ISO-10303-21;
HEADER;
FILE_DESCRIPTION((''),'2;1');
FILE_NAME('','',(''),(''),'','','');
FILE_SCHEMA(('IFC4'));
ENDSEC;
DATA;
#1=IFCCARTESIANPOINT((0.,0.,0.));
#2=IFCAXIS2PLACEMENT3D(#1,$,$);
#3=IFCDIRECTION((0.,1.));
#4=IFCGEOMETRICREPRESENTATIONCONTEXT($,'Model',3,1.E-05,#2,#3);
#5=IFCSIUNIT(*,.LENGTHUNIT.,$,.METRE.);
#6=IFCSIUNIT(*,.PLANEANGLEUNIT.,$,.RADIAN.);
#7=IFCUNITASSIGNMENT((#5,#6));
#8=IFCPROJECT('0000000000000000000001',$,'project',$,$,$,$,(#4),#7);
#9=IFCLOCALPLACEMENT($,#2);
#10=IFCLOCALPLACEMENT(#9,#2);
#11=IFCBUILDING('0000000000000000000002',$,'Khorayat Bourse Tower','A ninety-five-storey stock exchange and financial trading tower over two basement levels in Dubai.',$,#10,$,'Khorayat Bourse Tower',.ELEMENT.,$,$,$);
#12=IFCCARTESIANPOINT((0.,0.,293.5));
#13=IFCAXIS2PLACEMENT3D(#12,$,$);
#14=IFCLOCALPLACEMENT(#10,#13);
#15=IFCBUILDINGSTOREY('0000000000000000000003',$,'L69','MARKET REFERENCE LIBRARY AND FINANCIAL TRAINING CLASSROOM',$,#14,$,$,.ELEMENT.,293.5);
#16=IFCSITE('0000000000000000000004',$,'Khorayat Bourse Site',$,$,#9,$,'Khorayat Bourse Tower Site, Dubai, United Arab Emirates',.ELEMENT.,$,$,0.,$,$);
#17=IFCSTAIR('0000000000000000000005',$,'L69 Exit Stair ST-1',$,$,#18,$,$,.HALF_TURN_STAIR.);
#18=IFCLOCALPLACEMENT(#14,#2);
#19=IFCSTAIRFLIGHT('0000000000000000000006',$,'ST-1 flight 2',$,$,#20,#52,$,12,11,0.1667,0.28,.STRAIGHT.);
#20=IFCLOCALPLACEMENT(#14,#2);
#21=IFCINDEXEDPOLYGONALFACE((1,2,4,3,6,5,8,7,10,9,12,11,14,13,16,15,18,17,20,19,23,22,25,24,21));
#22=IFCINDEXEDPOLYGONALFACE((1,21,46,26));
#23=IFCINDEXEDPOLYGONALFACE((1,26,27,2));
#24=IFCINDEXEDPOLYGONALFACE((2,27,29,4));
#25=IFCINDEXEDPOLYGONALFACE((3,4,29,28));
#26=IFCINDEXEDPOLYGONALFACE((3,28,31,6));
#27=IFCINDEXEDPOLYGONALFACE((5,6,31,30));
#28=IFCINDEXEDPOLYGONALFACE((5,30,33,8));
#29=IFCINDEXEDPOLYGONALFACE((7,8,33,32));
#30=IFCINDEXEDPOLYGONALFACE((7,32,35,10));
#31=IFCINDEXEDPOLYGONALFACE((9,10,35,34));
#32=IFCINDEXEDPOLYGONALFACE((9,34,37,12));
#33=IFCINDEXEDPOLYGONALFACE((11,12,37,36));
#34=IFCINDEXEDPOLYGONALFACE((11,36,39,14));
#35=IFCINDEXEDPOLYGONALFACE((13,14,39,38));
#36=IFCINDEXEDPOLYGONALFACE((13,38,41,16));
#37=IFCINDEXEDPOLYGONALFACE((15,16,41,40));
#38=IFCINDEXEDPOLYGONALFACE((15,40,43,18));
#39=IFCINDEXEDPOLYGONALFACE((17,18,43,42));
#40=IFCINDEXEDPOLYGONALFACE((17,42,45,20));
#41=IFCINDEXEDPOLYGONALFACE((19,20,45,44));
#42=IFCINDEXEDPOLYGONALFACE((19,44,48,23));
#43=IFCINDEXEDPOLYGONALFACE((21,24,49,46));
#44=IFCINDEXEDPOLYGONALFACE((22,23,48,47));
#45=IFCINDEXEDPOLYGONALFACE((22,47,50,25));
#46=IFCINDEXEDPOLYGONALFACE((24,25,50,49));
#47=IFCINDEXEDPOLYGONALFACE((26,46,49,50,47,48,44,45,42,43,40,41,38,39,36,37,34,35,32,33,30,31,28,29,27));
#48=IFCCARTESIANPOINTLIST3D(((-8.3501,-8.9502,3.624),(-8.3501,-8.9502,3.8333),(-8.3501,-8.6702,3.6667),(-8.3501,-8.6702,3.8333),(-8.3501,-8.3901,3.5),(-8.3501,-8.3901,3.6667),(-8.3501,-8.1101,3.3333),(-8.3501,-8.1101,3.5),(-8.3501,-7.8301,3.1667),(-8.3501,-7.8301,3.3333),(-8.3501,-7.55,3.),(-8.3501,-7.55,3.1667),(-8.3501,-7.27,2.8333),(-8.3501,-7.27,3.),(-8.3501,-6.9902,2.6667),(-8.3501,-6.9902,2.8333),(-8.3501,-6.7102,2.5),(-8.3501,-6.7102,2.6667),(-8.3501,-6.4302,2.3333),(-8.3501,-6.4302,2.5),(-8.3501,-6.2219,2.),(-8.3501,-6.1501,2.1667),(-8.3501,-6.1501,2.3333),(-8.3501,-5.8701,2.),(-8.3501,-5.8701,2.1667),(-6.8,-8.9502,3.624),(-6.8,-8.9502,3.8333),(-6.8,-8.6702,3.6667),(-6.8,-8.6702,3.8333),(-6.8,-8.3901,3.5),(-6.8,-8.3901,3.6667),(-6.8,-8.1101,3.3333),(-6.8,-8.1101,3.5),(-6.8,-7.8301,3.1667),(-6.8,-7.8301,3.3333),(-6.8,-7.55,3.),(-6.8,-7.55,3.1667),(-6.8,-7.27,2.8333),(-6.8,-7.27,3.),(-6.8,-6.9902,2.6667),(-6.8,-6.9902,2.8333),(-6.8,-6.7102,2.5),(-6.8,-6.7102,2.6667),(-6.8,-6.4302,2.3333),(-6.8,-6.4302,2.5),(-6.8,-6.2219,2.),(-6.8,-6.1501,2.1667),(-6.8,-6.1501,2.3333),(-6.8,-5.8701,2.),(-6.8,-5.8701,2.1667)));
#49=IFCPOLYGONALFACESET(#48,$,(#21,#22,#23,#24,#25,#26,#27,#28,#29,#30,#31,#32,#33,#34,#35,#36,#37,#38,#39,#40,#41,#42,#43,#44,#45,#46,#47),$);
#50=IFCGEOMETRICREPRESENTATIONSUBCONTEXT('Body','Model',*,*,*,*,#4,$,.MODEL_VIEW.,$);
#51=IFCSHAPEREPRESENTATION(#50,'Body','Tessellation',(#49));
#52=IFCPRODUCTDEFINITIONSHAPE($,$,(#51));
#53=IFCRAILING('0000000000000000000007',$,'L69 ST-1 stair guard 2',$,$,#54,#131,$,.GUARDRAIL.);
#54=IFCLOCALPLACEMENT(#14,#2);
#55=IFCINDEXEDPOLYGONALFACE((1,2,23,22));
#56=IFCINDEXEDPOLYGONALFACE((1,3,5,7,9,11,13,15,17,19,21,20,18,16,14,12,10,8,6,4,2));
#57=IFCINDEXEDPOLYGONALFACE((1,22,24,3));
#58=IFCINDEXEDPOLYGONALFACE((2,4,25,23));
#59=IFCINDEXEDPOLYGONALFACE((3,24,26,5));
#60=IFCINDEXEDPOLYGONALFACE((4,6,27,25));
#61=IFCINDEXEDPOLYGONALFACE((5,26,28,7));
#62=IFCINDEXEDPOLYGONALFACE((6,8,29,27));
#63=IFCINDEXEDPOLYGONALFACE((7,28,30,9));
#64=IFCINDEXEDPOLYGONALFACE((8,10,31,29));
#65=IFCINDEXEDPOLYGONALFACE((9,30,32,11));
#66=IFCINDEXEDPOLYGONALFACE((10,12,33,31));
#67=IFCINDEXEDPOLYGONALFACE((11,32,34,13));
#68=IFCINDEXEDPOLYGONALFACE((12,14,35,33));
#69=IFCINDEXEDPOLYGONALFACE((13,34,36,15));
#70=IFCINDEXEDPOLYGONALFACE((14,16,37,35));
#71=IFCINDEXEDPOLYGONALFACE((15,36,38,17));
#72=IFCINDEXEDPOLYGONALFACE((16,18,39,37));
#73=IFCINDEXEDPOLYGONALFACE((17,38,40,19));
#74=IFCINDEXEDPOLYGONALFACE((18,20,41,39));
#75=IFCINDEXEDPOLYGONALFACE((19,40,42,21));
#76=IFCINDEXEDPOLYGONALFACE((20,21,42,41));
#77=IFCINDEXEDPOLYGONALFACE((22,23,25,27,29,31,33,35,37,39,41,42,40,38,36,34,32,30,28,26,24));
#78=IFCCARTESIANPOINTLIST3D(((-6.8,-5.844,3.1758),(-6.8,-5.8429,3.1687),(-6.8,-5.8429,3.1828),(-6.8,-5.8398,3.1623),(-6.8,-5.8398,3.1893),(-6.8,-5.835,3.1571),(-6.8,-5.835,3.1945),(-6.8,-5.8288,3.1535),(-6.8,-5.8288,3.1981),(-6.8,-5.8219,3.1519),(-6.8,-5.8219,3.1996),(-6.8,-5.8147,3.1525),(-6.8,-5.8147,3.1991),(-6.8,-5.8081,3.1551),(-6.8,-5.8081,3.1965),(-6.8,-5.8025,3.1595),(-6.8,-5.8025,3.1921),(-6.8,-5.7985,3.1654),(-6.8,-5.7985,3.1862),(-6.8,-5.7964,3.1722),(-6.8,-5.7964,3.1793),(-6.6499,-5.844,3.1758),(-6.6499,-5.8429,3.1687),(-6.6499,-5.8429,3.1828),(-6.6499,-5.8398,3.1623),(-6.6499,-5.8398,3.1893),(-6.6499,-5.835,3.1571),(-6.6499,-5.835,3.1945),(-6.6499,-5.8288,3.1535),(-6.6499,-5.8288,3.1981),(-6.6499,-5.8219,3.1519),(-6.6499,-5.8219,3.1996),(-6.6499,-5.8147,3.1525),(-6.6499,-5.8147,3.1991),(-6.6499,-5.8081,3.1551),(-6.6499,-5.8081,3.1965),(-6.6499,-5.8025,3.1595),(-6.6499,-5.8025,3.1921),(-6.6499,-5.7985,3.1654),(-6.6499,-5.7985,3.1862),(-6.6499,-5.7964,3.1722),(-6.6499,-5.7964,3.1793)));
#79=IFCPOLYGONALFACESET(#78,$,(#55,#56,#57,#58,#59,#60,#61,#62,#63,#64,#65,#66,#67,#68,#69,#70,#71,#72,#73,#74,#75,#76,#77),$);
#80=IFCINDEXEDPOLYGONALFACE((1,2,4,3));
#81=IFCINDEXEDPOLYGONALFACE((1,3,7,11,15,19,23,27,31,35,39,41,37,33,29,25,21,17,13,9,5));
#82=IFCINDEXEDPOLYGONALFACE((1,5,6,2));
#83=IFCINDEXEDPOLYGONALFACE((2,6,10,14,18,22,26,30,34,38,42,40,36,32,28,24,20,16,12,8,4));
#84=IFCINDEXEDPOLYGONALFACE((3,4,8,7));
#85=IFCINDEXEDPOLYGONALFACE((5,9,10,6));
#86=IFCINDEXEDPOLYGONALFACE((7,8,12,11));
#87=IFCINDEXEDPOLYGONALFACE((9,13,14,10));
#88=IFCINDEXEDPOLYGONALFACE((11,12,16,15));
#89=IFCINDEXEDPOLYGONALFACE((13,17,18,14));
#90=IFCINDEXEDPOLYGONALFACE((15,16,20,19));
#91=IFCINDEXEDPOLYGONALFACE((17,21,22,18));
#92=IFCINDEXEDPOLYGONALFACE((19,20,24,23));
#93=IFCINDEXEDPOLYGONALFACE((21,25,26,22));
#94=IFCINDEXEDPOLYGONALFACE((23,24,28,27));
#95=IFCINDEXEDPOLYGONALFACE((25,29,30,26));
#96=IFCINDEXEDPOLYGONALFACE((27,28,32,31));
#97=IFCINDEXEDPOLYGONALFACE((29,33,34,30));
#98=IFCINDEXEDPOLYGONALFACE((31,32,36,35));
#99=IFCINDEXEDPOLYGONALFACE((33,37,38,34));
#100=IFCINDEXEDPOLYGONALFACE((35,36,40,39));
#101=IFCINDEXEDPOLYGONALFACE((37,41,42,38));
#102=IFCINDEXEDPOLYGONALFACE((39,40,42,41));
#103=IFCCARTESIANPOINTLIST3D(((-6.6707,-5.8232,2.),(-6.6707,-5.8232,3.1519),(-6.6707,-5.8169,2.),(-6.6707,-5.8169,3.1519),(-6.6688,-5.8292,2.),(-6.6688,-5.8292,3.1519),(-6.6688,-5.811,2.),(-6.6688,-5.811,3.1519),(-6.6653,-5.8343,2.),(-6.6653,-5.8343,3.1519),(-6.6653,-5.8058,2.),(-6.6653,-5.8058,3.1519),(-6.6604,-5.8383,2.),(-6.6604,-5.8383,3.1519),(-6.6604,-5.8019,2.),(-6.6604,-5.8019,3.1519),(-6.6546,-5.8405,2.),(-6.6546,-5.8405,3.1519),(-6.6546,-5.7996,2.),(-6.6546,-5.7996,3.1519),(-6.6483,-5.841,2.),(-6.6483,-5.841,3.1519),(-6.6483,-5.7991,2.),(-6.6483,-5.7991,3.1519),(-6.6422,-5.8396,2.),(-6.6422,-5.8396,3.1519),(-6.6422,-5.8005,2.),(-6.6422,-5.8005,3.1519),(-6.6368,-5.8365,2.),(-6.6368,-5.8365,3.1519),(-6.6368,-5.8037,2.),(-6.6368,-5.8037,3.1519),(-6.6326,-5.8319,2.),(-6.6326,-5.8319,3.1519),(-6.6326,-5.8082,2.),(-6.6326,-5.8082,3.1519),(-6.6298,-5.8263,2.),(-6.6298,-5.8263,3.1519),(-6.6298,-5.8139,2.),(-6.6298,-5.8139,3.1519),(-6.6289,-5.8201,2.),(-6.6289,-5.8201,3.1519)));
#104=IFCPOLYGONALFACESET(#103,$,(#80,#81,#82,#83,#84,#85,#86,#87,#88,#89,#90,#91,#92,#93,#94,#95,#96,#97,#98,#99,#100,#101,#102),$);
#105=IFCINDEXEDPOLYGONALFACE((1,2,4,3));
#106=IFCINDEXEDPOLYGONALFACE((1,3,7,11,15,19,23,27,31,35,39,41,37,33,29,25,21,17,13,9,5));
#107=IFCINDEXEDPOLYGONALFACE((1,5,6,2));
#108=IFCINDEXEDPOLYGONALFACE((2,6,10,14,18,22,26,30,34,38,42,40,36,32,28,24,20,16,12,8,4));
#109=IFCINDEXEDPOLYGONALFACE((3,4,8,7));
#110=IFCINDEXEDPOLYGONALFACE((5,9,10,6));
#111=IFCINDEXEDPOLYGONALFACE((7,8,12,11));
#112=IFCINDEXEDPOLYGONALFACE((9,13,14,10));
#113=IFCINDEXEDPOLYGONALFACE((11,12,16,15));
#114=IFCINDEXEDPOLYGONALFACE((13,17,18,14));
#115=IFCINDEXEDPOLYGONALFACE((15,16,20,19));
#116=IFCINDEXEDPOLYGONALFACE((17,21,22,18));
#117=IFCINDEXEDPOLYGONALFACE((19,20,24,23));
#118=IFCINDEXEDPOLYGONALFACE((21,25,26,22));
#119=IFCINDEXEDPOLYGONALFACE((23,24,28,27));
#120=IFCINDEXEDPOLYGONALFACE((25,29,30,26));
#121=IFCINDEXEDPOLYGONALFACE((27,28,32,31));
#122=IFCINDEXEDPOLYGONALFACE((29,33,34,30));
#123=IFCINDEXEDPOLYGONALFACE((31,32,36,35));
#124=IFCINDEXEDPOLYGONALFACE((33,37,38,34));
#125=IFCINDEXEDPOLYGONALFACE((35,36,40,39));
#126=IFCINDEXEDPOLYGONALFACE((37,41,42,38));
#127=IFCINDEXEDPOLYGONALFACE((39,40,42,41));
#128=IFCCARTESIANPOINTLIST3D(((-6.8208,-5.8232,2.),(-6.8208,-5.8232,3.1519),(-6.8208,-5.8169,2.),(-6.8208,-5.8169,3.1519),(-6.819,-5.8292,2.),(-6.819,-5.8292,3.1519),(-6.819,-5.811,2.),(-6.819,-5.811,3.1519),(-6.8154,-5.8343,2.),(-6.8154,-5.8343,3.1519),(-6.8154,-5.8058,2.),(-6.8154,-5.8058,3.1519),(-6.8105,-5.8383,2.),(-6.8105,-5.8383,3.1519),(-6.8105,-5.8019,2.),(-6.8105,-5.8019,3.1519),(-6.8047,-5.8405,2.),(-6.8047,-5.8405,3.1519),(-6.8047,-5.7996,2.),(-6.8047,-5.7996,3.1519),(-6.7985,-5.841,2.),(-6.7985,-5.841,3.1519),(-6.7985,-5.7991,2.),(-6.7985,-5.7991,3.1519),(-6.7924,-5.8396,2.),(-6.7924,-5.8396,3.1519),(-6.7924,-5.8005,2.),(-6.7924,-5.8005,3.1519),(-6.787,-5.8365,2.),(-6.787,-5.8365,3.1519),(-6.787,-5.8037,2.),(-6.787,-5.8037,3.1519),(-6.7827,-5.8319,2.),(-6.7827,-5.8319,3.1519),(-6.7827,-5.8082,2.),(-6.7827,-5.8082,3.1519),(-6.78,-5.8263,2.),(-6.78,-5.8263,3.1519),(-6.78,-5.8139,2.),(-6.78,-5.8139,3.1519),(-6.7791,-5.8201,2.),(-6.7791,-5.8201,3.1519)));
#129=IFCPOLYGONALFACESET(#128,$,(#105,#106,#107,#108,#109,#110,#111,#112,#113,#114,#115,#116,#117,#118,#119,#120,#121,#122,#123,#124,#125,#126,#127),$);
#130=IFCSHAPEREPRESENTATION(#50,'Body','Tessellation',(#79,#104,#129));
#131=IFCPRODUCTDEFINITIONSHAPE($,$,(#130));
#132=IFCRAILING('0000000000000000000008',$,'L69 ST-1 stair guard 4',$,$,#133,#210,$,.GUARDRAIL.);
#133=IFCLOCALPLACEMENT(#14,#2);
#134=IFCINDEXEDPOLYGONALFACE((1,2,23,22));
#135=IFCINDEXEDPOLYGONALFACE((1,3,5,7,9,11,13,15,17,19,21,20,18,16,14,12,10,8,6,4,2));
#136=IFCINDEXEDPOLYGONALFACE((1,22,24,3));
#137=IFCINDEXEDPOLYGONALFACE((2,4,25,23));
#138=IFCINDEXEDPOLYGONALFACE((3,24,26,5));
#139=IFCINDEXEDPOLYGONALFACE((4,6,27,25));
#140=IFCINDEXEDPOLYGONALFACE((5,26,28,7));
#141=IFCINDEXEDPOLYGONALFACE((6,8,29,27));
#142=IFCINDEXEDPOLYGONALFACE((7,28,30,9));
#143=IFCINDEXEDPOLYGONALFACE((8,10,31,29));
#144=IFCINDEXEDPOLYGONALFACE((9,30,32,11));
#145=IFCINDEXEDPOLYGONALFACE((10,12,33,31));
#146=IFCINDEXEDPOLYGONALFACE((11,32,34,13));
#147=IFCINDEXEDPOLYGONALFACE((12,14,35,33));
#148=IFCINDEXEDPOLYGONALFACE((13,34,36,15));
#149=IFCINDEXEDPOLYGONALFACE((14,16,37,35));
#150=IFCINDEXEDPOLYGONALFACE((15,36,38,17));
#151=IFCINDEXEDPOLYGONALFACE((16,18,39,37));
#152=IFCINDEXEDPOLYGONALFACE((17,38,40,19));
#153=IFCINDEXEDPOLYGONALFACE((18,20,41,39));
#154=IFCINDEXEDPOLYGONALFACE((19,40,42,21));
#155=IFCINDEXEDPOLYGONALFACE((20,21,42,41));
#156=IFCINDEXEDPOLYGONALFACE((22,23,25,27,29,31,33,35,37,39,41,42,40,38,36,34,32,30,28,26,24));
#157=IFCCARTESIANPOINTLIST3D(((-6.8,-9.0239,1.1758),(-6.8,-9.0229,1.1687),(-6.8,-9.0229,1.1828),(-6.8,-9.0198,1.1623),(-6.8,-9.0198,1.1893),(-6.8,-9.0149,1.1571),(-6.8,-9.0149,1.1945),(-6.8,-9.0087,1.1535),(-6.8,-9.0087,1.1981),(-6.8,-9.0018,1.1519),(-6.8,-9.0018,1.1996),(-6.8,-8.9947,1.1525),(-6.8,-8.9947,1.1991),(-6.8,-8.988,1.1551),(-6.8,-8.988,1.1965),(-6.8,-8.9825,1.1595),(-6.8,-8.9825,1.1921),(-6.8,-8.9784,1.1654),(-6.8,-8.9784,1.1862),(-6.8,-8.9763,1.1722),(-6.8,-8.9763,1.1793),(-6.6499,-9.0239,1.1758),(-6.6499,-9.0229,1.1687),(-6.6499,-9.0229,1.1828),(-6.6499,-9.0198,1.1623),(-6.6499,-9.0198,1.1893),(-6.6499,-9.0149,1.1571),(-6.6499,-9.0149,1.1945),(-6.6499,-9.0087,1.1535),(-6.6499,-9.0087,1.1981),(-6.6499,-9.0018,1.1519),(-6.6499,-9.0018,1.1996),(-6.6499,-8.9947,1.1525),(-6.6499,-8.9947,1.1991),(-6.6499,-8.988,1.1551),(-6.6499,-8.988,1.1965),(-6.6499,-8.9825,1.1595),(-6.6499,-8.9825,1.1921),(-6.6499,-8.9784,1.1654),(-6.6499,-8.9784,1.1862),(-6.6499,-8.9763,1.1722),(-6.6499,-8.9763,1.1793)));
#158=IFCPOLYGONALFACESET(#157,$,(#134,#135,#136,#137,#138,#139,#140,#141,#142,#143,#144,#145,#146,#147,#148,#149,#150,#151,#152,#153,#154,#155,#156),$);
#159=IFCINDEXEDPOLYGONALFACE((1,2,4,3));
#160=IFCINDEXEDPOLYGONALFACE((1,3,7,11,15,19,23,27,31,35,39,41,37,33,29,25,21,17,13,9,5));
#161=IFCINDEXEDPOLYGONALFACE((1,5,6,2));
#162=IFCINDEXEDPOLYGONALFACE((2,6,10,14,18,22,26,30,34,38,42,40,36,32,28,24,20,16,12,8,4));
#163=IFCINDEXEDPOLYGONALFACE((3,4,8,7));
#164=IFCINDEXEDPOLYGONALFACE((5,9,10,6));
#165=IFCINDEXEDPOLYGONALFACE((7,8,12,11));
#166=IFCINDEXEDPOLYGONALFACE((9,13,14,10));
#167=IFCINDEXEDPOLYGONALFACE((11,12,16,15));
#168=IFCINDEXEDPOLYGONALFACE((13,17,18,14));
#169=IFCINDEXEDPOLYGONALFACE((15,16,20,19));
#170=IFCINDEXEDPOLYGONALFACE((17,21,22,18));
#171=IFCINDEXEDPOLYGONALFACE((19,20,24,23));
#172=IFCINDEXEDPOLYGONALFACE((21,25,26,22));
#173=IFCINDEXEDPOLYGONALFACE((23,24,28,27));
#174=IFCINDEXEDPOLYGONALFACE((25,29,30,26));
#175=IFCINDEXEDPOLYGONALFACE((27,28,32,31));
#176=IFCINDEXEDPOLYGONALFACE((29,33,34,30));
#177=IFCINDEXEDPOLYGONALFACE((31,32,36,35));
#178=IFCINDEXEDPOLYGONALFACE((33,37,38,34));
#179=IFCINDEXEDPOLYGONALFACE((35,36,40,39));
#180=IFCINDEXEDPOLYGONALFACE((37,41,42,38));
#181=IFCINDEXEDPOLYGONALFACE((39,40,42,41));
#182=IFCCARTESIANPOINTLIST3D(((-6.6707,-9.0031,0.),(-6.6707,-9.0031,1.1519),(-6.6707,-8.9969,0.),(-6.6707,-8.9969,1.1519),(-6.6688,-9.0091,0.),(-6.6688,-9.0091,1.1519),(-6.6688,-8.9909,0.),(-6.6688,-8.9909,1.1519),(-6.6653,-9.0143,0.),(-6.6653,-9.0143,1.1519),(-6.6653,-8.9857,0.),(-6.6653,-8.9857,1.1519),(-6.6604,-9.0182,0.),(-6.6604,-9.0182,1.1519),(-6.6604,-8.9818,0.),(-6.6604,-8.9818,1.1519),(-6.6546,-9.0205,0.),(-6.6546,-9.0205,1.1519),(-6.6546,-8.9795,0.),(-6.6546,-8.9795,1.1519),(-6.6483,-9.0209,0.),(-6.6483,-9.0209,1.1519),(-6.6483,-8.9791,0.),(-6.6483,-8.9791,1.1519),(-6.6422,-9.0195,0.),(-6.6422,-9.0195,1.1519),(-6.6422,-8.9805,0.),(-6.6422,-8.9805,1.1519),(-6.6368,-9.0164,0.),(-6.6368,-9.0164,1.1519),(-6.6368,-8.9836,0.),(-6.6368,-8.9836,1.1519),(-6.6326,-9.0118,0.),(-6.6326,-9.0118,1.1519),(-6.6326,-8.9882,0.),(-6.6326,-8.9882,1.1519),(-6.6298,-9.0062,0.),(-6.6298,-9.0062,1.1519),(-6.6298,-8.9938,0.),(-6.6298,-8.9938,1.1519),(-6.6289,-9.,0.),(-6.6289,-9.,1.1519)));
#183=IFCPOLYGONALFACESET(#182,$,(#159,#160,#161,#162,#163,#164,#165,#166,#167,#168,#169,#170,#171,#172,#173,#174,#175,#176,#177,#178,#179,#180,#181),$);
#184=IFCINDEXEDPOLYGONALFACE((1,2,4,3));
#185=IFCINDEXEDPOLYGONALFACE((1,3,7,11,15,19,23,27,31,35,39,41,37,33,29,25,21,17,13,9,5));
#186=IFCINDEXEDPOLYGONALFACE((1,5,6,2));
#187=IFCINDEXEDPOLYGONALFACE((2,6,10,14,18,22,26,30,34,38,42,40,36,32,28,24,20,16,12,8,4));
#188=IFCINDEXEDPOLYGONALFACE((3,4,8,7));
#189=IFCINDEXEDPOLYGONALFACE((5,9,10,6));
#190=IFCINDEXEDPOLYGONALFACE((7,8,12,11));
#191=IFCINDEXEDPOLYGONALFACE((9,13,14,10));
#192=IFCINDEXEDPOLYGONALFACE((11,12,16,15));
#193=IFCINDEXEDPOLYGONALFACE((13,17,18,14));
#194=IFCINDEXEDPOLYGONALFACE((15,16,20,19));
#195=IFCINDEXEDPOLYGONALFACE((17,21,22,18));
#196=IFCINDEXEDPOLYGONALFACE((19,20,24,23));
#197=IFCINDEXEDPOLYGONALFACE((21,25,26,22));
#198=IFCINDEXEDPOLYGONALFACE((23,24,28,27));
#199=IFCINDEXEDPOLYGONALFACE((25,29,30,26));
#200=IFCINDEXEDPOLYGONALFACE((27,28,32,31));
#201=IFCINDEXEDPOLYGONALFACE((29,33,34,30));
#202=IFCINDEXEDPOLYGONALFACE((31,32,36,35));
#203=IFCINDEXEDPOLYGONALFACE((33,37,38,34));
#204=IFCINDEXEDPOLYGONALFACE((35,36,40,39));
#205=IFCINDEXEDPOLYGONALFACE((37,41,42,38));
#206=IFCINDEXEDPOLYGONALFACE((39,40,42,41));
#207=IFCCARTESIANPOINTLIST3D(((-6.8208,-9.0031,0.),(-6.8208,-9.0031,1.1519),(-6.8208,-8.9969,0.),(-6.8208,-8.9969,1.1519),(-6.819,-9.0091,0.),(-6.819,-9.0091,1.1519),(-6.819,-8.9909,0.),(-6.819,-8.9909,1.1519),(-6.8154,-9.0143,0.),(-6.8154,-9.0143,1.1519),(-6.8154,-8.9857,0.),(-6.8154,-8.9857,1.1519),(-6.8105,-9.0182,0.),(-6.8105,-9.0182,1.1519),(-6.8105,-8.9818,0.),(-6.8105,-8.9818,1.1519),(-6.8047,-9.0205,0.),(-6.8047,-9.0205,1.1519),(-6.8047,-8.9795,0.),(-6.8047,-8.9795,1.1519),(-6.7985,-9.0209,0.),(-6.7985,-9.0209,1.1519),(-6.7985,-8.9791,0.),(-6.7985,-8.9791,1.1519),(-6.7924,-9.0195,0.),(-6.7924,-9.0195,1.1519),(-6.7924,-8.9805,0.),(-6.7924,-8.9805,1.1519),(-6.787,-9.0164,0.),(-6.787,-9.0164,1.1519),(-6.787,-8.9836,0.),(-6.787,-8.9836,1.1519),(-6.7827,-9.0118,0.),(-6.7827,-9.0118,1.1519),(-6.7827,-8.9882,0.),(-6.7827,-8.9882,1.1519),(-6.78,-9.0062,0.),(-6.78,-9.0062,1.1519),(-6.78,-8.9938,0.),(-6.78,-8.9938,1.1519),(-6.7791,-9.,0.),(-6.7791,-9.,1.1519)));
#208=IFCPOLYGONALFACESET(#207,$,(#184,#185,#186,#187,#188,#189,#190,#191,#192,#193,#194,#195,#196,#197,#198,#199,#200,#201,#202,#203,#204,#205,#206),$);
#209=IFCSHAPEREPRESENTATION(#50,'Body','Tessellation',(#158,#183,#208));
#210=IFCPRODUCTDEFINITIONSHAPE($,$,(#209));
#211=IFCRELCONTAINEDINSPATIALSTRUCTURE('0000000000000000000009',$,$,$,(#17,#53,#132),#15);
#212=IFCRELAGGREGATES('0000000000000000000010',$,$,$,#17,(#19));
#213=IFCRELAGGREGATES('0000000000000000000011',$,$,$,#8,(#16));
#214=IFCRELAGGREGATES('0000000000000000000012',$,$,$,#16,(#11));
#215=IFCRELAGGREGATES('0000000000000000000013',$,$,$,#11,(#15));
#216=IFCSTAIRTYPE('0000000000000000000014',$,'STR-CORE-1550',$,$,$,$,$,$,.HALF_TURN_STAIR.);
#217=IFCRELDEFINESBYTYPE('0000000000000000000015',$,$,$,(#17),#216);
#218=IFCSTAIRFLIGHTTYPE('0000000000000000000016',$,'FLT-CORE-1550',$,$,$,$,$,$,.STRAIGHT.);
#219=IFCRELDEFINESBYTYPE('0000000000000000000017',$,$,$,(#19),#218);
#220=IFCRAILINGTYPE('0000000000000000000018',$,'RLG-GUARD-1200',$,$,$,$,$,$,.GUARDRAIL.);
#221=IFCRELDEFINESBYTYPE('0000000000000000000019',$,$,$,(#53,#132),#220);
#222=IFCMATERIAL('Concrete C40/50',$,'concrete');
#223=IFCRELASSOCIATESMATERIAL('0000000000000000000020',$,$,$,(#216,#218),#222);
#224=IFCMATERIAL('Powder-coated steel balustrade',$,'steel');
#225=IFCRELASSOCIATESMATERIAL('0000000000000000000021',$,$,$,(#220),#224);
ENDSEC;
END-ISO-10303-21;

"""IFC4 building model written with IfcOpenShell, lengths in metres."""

from ifc_helpers import new_model, si_unit, direction, frame, origin, origin_2d, place, context, subcontext, project, spatial, polyline, circle, outline, extrude, source, transform, mapped, material, type_object, element, aggregate, save


model = new_model("IFC4")

# Units and contexts
model_context = context("Model", 3, precision=1e-05, world=origin(), true_north=direction((0.0, 1.0)))
body_context = subcontext(model_context, "Body", "Model", "MODEL_VIEW")
ifc_project = project(units=[si_unit("LENGTHUNIT", "METRE"), si_unit("PLANEANGLEUNIT", "RADIAN")], contexts=[model_context])

# Site, building, storey
site_placement = place(None, origin())
site = spatial("IfcSite", under=ifc_project, at=site_placement, Name="Khorayat Bourse Site", LongName="Khorayat Bourse Tower Site, Dubai, United Arab Emirates", CompositionType="ELEMENT", RefElevation=0.0)
building_placement = place(site_placement, origin())
building = spatial("IfcBuilding", under=site, at=building_placement, Name="Khorayat Bourse Tower", Description="A ninety-five-storey stock exchange and financial trading tower over two basement levels in Dubai.", LongName="Khorayat Bourse Tower", CompositionType="ELEMENT")
storey_placement = place(building_placement, frame((0.0, 0.0, 293.5)))
storey = spatial("IfcBuildingStorey", under=building, at=storey_placement, Name="L69", Description="MARKET REFERENCE LIBRARY AND FINANCIAL TRAINING CLASSROOM", CompositionType="ELEMENT", Elevation=293.5)

# Stair, stair flight
ifc_material_1 = material(Name="Concrete C40/50", Category="concrete")
stair_type = type_object("IfcStairType", Name="STR-CORE-1550", PredefinedType="HALF_TURN_STAIR", material=ifc_material_1)
stair_placement = place(storey_placement, origin())
stair = element("IfcStair", 1, at=stair_placement, inside=storey, type_object=stair_type, Name="L69 Exit Stair ST-1", PredefinedType="HALF_TURN_STAIR")
stair_flight_type = type_object("IfcStairFlightType", Name="FLT-CORE-1550", PredefinedType="STRAIGHT", material=ifc_material_1)
shared_shape_1 = source(origin(), body_context, "Body", "SweptSolid", [
    extrude(outline(polyline([(0.0, 0.0), (0.0, 0.1667), (0.28, 0.1667), (0.28, 0.3333), (0.5601, 0.3333), (0.5601, 0.5), (0.8401, 0.5), (0.8401, 0.6667), (1.1201, 0.6667), (1.1201, 0.8333), (1.3999, 0.8333), (1.3999, 1.0), (1.6799, 1.0), (1.6799, 1.1667), (1.96, 1.1667), (1.96, 1.3333), (2.24, 1.3333), (2.24, 1.5), (2.52, 1.5), (2.52, 1.6667), (2.8, 1.6667), (2.8, 1.8333), (3.0801, 1.8333), (3.0801, 2.0), (3.0801, 1.624), (0.3518, 0.0), (0.0, 0.0)])), frame((0.0, 0.7749, 0.0), z_axis=(0.0, -1.0, 0.0), x_axis=(1.0, 0.0, 0.0)), (0.0, 0.0, 1.0), 1.55),
])
stair_flight_1_placement = place(storey_placement, frame((-7.575, -5.8701, 2.0), z_axis=(0.0, 0.0, 1.0), x_axis=(0.0, -1.0, 0.0)))
stair_flight_1 = element("IfcStairFlight", 2, at=stair_flight_1_placement, type_object=stair_flight_type, Name="ST-1 flight 2", NumberOfRisers=12, NumberOfTreads=11, PredefinedType="STRAIGHT", RiserHeight=0.1667, TreadLength=0.28, context=body_context, shape_type="MappedRepresentation", body=[
    mapped(shared_shape_1, transform((0.0, 0.0, 0.0), scale=1.0)),
])
aggregate(stair, [stair_flight_1])

# Railings
ifc_material_2 = material(Name="Powder-coated steel balustrade", Category="steel")
railing_type_1 = type_object("IfcRailingType", Name="RLG-GUARD-1200", PredefinedType="GUARDRAIL", material=ifc_material_2)
shared_shape_2 = source(origin(), body_context, "Body", "SweptSolid", [
    extrude(circle(Radius=0.0239, at=origin_2d()), frame((0.0, 0.0, 1.1758), z_axis=(-1.0, 0.0, 0.0), x_axis=(0.0, -1.0, 0.0)), (0.0, 0.0, 1.0), 0.1501),
    extrude(circle(Radius=0.021, at=origin_2d()), origin(), (0.0, 0.0, 1.0), 1.1519),
    extrude(circle(Radius=0.021, at=origin_2d()), frame((-0.1501, 0.0, 0.0)), (0.0, 0.0, 1.0), 1.1519),
])
for number, where, name in (
    (3, (-6.6499, -5.8201, 2.0), "L69 ST-1 stair guard 2"),
    (4, (-6.6499, -9.0, 0.0), "L69 ST-1 stair guard 4"),
):
    element("IfcRailing", number, at=place(storey_placement, frame(where)), inside=storey, type_object=railing_type_1, Name=name, PredefinedType="GUARDRAIL", context=body_context, shape_type="MappedRepresentation", body=[
        mapped(shared_shape_2, transform((0.0, 0.0, 0.0), scale=1.0)),
    ])

save(model, "model.ifc")
